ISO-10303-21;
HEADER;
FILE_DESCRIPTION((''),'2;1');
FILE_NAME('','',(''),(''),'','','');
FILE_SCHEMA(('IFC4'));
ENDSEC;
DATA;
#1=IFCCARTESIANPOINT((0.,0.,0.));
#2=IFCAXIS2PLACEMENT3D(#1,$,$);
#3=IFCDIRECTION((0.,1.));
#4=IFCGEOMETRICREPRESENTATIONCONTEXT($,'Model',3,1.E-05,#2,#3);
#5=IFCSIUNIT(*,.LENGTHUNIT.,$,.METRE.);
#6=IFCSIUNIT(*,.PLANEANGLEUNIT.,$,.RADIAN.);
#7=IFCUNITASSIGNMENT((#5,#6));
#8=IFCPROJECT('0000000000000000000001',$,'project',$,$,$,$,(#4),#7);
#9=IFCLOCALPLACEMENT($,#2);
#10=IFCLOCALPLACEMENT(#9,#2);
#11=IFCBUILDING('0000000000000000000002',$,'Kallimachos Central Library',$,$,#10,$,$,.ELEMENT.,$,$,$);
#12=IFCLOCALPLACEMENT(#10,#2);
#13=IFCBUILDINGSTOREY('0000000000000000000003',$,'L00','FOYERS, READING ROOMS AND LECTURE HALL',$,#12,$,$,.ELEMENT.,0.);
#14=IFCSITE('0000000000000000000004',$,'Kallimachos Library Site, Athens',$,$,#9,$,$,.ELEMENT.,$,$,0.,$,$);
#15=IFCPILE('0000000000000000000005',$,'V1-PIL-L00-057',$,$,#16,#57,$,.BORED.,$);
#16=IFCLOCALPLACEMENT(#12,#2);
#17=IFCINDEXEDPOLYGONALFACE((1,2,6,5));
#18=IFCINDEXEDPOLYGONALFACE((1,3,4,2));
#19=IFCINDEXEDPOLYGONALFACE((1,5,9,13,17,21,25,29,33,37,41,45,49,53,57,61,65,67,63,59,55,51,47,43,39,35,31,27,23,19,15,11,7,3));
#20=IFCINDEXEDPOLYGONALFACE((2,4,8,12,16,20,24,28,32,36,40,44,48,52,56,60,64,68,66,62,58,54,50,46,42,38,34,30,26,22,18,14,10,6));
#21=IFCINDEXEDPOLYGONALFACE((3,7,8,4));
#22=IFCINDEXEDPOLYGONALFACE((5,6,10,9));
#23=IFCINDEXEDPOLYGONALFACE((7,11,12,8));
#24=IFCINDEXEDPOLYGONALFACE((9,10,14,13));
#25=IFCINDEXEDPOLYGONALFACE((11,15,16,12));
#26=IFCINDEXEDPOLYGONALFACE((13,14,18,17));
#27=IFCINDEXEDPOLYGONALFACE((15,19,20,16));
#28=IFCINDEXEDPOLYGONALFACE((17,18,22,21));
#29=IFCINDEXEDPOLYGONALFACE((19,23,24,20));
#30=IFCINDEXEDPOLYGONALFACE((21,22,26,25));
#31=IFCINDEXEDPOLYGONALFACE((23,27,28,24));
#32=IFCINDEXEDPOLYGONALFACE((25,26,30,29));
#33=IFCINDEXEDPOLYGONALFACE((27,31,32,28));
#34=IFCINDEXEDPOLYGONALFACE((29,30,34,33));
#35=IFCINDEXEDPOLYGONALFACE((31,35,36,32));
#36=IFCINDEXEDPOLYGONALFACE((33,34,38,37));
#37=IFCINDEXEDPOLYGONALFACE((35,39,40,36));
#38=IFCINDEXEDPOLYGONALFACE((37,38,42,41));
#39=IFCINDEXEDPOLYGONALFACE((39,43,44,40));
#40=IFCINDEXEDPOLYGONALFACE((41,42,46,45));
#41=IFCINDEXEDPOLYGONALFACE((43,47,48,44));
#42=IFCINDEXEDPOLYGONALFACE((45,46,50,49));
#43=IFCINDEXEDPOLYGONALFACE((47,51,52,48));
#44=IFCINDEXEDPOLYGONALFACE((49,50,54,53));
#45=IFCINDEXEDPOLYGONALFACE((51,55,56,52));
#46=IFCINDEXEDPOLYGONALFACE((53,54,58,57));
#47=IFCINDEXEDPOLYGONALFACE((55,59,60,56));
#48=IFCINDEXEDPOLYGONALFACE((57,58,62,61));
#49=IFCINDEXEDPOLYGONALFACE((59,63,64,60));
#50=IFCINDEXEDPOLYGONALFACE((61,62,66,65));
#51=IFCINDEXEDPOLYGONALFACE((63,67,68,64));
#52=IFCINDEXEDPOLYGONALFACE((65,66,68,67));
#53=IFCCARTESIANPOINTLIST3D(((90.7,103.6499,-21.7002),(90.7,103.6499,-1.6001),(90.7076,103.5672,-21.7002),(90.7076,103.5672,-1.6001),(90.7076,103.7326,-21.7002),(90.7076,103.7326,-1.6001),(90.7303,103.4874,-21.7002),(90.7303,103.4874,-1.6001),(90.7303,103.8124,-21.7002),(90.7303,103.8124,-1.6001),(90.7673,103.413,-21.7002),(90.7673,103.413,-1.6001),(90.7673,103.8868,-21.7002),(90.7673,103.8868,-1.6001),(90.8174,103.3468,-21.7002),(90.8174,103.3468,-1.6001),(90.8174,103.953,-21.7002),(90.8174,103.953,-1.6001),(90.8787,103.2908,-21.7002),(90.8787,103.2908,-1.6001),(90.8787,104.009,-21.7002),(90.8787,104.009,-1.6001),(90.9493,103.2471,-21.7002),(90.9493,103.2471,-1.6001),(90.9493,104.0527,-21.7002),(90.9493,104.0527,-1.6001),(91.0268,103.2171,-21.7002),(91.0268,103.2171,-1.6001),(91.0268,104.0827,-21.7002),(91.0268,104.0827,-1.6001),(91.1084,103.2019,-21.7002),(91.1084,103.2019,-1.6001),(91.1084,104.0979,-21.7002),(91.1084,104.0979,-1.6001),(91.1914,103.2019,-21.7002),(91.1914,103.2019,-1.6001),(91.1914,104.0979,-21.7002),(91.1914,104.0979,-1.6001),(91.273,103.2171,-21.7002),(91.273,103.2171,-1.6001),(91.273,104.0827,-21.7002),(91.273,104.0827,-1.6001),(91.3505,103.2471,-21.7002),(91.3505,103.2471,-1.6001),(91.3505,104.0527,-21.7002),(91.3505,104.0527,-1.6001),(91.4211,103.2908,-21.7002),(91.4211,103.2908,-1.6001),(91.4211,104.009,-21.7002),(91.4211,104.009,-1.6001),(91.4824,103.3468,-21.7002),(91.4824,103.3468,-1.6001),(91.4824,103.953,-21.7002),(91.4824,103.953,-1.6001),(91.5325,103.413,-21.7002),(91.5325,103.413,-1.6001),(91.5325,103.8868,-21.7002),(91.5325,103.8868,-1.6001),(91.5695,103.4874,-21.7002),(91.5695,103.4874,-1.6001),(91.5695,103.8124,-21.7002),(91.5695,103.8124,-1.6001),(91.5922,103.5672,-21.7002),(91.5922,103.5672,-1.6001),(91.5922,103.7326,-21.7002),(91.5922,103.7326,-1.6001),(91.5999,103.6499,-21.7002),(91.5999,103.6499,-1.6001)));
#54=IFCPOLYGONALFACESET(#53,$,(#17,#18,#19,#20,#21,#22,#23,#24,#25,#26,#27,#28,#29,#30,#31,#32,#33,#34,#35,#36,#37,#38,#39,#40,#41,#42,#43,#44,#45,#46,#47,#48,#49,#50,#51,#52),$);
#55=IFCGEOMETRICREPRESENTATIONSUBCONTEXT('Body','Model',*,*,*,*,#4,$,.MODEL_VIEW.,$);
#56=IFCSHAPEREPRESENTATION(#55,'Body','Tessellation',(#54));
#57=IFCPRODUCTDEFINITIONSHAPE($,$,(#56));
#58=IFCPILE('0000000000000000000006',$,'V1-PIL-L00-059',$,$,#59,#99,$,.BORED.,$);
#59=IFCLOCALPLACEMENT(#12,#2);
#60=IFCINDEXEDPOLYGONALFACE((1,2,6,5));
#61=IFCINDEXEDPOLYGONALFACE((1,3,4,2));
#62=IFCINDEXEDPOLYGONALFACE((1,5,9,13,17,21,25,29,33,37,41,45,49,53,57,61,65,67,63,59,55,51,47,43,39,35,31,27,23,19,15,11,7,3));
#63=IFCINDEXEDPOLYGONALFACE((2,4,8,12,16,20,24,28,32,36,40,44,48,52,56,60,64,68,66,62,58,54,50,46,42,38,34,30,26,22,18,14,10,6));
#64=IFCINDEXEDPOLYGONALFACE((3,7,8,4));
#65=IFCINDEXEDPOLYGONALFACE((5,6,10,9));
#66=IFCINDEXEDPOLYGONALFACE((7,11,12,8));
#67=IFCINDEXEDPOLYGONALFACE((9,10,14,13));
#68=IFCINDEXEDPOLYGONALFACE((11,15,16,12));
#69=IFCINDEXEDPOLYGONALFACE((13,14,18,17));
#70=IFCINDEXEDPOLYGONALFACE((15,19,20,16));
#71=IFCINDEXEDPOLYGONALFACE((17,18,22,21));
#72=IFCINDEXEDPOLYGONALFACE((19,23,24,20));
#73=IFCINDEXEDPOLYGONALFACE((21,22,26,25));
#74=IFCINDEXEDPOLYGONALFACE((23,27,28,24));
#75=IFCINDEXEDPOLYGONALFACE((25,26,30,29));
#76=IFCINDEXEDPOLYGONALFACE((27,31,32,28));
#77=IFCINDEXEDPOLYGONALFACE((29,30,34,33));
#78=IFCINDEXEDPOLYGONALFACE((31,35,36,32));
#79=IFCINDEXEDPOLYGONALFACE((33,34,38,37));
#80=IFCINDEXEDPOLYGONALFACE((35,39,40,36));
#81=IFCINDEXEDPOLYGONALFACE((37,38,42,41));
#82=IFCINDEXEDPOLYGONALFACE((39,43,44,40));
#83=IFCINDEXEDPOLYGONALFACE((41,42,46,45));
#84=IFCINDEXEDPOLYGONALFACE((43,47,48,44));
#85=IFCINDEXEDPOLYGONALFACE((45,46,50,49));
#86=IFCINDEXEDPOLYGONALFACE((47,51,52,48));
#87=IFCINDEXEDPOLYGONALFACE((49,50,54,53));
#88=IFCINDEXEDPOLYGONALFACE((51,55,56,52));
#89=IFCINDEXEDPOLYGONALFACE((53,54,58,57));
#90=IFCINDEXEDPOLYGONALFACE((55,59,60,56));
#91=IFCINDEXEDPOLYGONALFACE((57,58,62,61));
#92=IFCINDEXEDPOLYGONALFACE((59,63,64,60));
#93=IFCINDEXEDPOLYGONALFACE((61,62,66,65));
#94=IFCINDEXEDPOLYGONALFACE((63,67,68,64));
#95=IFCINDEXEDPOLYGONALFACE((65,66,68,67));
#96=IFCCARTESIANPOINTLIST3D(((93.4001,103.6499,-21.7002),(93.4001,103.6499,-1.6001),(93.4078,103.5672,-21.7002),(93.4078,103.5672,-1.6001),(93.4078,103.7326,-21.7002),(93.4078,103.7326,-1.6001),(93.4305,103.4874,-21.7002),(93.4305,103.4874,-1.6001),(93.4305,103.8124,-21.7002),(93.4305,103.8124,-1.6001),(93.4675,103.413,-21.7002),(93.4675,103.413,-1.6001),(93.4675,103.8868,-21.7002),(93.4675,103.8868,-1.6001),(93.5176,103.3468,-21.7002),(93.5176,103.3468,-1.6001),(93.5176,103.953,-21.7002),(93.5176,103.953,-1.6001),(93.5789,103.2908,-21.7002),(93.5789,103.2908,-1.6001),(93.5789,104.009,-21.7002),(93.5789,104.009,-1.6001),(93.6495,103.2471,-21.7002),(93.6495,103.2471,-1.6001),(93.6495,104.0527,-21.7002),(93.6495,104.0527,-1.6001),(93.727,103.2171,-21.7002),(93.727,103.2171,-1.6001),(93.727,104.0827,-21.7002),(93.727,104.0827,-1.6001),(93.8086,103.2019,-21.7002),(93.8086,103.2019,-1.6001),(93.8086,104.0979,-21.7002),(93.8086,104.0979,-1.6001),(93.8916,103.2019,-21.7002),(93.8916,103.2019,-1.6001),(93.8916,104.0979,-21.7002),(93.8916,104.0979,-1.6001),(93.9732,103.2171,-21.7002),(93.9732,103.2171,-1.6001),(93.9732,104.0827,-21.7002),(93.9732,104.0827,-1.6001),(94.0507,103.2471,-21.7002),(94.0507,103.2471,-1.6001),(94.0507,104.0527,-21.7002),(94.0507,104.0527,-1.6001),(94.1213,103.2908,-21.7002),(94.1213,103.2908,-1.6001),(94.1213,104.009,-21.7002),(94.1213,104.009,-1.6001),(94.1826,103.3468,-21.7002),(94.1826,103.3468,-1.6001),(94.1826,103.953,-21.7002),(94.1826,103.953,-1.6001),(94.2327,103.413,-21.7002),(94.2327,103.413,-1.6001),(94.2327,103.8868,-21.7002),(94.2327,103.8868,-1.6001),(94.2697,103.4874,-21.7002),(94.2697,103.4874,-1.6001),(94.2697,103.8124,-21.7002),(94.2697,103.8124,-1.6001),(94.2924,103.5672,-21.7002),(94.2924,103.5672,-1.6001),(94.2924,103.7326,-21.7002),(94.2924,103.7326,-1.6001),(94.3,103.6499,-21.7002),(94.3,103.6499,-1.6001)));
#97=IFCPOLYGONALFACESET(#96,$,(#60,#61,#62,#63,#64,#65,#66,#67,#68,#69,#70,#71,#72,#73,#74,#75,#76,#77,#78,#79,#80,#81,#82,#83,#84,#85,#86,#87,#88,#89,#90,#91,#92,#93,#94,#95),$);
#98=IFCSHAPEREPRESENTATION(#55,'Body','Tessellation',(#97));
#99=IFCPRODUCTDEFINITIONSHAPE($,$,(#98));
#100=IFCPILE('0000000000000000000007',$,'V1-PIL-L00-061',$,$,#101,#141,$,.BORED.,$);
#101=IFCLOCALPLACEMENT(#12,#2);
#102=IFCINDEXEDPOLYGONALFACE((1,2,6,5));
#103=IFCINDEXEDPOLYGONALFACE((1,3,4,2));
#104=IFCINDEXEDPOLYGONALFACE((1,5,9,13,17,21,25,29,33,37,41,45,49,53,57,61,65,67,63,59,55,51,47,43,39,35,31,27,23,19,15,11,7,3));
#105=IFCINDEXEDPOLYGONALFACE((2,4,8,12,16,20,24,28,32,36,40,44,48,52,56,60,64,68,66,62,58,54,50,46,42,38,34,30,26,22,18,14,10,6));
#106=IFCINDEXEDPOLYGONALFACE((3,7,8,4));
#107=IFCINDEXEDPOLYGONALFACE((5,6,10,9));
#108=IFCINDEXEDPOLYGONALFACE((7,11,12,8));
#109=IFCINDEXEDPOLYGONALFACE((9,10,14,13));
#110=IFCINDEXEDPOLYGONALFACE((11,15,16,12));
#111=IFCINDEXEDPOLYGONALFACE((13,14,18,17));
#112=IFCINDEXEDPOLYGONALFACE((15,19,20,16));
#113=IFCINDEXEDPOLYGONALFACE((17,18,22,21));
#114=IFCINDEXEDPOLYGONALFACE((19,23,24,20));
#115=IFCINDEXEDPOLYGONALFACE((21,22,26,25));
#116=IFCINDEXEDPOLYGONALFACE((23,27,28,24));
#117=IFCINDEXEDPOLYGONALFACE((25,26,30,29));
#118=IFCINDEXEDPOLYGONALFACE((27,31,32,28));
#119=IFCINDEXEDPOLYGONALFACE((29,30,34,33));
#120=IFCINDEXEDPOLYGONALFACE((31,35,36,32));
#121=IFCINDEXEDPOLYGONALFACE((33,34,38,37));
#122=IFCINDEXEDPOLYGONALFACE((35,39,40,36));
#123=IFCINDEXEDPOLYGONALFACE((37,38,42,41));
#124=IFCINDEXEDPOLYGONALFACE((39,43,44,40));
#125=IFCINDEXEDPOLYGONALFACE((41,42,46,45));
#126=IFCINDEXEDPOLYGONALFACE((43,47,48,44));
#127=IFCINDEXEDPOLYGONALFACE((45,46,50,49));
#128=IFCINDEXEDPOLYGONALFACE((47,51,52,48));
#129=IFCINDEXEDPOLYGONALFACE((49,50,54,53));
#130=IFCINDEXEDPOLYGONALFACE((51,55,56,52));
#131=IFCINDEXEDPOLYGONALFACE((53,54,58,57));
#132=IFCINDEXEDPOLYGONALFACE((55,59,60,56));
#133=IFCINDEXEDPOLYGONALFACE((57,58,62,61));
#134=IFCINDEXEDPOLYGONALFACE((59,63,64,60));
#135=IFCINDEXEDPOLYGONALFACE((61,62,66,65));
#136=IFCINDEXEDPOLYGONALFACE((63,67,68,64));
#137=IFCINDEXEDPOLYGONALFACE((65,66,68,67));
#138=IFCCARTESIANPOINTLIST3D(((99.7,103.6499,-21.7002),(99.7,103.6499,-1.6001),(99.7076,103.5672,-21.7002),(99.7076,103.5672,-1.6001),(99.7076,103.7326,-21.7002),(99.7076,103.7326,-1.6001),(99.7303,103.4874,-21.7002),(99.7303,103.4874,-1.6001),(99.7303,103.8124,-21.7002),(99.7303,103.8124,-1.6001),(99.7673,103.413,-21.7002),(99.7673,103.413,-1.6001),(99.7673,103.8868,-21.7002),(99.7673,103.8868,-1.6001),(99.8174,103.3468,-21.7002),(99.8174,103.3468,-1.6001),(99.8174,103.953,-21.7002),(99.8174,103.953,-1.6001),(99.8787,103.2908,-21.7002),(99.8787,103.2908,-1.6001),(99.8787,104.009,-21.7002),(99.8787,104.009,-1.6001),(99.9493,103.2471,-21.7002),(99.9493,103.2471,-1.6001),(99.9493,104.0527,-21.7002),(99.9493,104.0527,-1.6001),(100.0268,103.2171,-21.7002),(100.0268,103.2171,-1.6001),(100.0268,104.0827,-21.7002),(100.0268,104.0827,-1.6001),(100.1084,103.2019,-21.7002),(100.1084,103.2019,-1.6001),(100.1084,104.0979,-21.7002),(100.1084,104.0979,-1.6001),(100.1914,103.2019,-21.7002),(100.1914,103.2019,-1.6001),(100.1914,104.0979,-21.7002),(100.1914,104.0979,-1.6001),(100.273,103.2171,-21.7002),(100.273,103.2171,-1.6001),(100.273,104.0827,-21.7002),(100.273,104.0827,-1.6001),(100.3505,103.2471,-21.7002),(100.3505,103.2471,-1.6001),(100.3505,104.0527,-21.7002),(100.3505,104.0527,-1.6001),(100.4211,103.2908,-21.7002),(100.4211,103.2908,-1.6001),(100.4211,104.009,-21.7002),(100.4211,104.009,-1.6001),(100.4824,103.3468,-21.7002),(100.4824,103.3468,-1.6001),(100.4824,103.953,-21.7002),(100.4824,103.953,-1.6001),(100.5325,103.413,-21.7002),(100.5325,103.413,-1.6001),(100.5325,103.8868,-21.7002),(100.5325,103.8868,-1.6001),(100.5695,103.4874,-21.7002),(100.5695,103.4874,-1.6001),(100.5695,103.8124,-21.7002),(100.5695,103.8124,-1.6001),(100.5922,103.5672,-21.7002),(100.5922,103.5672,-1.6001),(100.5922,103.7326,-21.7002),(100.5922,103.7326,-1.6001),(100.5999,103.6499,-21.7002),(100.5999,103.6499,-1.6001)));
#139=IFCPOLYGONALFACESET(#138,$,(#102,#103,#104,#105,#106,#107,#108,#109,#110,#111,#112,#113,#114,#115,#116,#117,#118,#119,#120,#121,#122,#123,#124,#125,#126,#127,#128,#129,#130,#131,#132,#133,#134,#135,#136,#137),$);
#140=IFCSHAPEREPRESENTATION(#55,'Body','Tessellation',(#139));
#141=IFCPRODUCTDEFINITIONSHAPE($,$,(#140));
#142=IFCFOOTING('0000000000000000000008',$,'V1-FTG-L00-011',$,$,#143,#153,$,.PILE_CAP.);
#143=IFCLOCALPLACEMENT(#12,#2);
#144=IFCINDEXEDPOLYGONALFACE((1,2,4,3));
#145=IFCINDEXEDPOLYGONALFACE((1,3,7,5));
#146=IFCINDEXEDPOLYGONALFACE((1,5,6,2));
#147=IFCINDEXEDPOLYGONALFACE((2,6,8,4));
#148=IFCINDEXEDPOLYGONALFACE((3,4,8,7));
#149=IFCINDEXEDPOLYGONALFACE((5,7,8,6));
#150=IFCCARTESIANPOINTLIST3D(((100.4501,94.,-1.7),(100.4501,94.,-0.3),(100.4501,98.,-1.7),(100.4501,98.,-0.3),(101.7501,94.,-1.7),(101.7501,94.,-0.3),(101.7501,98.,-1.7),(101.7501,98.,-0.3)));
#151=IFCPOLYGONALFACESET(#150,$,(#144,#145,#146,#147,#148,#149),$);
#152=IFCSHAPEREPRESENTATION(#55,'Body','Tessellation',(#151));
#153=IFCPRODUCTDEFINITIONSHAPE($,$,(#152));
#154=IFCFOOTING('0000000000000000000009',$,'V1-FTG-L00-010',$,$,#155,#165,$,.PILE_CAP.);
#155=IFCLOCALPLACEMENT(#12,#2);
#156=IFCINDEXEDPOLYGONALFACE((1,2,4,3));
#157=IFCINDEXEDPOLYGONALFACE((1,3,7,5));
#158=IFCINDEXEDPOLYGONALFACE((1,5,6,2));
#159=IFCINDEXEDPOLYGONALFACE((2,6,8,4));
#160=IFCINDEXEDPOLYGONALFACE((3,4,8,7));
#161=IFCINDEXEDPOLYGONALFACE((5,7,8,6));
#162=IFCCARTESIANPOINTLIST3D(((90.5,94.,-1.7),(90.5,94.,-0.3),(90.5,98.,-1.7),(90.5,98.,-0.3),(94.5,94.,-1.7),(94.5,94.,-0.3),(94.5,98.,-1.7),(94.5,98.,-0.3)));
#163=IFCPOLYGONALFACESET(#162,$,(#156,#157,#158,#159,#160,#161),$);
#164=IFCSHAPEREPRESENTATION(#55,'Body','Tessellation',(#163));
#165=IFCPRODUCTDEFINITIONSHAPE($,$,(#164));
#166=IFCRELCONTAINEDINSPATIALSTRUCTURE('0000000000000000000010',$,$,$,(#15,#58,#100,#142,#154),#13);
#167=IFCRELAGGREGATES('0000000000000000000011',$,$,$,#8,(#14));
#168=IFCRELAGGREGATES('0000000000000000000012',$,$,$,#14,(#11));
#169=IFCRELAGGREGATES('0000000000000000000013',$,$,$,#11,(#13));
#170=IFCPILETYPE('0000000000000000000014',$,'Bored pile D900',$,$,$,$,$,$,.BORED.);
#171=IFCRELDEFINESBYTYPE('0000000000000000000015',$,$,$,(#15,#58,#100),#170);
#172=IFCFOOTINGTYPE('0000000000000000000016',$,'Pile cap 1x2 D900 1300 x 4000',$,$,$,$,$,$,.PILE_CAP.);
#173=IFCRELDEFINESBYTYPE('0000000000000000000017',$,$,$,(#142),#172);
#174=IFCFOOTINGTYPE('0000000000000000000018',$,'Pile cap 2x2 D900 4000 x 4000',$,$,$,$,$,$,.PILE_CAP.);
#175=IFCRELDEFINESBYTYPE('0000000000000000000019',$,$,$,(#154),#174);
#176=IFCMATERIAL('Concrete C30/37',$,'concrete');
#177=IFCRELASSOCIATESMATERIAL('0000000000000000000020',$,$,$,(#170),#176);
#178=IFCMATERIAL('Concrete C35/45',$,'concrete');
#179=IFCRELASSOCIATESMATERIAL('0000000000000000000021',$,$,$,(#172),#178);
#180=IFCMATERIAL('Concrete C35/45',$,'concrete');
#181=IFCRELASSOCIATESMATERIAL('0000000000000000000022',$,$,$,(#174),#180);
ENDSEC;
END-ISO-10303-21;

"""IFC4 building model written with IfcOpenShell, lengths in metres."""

from ifc_helpers import new_model, si_unit, direction, frame, origin, origin_2d, place, context, subcontext, project, spatial, rectangle, circle, extrude, material, type_object, element, save


model = new_model("IFC4")

# Units and contexts
model_context = context("Model", 3, precision=1e-05, world=origin(), true_north=direction((0.0, 1.0)))
body_context = subcontext(model_context, "Body", "Model", "MODEL_VIEW")
ifc_project = project(units=[si_unit("LENGTHUNIT", "METRE"), si_unit("PLANEANGLEUNIT", "RADIAN")], contexts=[model_context])

# Site, building, storey
site_placement = place(None, origin())
site = spatial("IfcSite", under=ifc_project, at=site_placement, Name="Kallimachos Library Site, Athens", CompositionType="ELEMENT", RefElevation=0.0)
building_placement = place(site_placement, origin())
building = spatial("IfcBuilding", under=site, at=building_placement, Name="Kallimachos Central Library", CompositionType="ELEMENT")
storey_placement = place(building_placement, origin())
storey = spatial("IfcBuildingStorey", under=building, at=storey_placement, Name="L00", Description="FOYERS, READING ROOMS AND LECTURE HALL", CompositionType="ELEMENT", Elevation=0.0)

# Piles
ifc_material_1 = material(Name="Concrete C30/37", Category="concrete")
pile_type = type_object("IfcPileType", Name="Bored pile D900", PredefinedType="BORED", material=ifc_material_1)
for number, where, z_axis, x_axis, name in (
    (1, (91.1499, 103.6499, -1.6001), (0.0, 0.0, -1.0), (1.0, 0.0, 0.0), "V1-PIL-L00-057"),
    (2, (93.8501, 103.6499, -1.6001), (0.0, 0.0, -1.0), (1.0, 0.0, 0.0), "V1-PIL-L00-059"),
    (3, (100.1499, 103.6499, -1.6001), (0.0, 0.0, -1.0), (1.0, 0.0, 0.0), "V1-PIL-L00-061"),
):
    element("IfcPile", number, at=place(storey_placement, frame(where, z_axis=z_axis, x_axis=x_axis)), inside=storey, type_object=pile_type, Name=name, PredefinedType="BORED", context=body_context, shape_type="SweptSolid", body=[
        extrude(circle(Radius=0.45, at=origin_2d()), origin(), (0.0, 0.0, 1.0), 20.1001),
    ])

# Footings
ifc_material_2 = material(Name="Concrete C35/45", Category="concrete")
footing_type_1 = type_object("IfcFootingType", Name="Pile cap 1x2 D900 1300 x 4000", PredefinedType="PILE_CAP", material=ifc_material_2)
footing_1_placement = place(storey_placement, frame((101.1001, 96.0, -1.7), z_axis=(0.0, 0.0, 1.0), x_axis=(1.0, 0.0, 0.0)))
element("IfcFooting", 4, at=footing_1_placement, inside=storey, type_object=footing_type_1, Name="V1-FTG-L00-011", PredefinedType="PILE_CAP", context=body_context, shape_type="SweptSolid", body=[
    extrude(rectangle(XDim=1.3, YDim=4.0, at=origin_2d()), origin(), (0.0, 0.0, 1.0), 1.3999),
])
ifc_material_3 = material(Name="Concrete C35/45", Category="concrete")
footing_type_2 = type_object("IfcFootingType", Name="Pile cap 2x2 D900 4000 x 4000", PredefinedType="PILE_CAP", material=ifc_material_3)
footing_2_placement = place(storey_placement, frame((92.5, 96.0, -1.7), z_axis=(0.0, 0.0, 1.0), x_axis=(1.0, 0.0, 0.0)))
element("IfcFooting", 5, at=footing_2_placement, inside=storey, type_object=footing_type_2, Name="V1-FTG-L00-010", PredefinedType="PILE_CAP", context=body_context, shape_type="SweptSolid", body=[
    extrude(rectangle(XDim=4.0, YDim=4.0, at=origin_2d()), origin(), (0.0, 0.0, 1.0), 1.3999),
])

save(model, "model.ifc")
